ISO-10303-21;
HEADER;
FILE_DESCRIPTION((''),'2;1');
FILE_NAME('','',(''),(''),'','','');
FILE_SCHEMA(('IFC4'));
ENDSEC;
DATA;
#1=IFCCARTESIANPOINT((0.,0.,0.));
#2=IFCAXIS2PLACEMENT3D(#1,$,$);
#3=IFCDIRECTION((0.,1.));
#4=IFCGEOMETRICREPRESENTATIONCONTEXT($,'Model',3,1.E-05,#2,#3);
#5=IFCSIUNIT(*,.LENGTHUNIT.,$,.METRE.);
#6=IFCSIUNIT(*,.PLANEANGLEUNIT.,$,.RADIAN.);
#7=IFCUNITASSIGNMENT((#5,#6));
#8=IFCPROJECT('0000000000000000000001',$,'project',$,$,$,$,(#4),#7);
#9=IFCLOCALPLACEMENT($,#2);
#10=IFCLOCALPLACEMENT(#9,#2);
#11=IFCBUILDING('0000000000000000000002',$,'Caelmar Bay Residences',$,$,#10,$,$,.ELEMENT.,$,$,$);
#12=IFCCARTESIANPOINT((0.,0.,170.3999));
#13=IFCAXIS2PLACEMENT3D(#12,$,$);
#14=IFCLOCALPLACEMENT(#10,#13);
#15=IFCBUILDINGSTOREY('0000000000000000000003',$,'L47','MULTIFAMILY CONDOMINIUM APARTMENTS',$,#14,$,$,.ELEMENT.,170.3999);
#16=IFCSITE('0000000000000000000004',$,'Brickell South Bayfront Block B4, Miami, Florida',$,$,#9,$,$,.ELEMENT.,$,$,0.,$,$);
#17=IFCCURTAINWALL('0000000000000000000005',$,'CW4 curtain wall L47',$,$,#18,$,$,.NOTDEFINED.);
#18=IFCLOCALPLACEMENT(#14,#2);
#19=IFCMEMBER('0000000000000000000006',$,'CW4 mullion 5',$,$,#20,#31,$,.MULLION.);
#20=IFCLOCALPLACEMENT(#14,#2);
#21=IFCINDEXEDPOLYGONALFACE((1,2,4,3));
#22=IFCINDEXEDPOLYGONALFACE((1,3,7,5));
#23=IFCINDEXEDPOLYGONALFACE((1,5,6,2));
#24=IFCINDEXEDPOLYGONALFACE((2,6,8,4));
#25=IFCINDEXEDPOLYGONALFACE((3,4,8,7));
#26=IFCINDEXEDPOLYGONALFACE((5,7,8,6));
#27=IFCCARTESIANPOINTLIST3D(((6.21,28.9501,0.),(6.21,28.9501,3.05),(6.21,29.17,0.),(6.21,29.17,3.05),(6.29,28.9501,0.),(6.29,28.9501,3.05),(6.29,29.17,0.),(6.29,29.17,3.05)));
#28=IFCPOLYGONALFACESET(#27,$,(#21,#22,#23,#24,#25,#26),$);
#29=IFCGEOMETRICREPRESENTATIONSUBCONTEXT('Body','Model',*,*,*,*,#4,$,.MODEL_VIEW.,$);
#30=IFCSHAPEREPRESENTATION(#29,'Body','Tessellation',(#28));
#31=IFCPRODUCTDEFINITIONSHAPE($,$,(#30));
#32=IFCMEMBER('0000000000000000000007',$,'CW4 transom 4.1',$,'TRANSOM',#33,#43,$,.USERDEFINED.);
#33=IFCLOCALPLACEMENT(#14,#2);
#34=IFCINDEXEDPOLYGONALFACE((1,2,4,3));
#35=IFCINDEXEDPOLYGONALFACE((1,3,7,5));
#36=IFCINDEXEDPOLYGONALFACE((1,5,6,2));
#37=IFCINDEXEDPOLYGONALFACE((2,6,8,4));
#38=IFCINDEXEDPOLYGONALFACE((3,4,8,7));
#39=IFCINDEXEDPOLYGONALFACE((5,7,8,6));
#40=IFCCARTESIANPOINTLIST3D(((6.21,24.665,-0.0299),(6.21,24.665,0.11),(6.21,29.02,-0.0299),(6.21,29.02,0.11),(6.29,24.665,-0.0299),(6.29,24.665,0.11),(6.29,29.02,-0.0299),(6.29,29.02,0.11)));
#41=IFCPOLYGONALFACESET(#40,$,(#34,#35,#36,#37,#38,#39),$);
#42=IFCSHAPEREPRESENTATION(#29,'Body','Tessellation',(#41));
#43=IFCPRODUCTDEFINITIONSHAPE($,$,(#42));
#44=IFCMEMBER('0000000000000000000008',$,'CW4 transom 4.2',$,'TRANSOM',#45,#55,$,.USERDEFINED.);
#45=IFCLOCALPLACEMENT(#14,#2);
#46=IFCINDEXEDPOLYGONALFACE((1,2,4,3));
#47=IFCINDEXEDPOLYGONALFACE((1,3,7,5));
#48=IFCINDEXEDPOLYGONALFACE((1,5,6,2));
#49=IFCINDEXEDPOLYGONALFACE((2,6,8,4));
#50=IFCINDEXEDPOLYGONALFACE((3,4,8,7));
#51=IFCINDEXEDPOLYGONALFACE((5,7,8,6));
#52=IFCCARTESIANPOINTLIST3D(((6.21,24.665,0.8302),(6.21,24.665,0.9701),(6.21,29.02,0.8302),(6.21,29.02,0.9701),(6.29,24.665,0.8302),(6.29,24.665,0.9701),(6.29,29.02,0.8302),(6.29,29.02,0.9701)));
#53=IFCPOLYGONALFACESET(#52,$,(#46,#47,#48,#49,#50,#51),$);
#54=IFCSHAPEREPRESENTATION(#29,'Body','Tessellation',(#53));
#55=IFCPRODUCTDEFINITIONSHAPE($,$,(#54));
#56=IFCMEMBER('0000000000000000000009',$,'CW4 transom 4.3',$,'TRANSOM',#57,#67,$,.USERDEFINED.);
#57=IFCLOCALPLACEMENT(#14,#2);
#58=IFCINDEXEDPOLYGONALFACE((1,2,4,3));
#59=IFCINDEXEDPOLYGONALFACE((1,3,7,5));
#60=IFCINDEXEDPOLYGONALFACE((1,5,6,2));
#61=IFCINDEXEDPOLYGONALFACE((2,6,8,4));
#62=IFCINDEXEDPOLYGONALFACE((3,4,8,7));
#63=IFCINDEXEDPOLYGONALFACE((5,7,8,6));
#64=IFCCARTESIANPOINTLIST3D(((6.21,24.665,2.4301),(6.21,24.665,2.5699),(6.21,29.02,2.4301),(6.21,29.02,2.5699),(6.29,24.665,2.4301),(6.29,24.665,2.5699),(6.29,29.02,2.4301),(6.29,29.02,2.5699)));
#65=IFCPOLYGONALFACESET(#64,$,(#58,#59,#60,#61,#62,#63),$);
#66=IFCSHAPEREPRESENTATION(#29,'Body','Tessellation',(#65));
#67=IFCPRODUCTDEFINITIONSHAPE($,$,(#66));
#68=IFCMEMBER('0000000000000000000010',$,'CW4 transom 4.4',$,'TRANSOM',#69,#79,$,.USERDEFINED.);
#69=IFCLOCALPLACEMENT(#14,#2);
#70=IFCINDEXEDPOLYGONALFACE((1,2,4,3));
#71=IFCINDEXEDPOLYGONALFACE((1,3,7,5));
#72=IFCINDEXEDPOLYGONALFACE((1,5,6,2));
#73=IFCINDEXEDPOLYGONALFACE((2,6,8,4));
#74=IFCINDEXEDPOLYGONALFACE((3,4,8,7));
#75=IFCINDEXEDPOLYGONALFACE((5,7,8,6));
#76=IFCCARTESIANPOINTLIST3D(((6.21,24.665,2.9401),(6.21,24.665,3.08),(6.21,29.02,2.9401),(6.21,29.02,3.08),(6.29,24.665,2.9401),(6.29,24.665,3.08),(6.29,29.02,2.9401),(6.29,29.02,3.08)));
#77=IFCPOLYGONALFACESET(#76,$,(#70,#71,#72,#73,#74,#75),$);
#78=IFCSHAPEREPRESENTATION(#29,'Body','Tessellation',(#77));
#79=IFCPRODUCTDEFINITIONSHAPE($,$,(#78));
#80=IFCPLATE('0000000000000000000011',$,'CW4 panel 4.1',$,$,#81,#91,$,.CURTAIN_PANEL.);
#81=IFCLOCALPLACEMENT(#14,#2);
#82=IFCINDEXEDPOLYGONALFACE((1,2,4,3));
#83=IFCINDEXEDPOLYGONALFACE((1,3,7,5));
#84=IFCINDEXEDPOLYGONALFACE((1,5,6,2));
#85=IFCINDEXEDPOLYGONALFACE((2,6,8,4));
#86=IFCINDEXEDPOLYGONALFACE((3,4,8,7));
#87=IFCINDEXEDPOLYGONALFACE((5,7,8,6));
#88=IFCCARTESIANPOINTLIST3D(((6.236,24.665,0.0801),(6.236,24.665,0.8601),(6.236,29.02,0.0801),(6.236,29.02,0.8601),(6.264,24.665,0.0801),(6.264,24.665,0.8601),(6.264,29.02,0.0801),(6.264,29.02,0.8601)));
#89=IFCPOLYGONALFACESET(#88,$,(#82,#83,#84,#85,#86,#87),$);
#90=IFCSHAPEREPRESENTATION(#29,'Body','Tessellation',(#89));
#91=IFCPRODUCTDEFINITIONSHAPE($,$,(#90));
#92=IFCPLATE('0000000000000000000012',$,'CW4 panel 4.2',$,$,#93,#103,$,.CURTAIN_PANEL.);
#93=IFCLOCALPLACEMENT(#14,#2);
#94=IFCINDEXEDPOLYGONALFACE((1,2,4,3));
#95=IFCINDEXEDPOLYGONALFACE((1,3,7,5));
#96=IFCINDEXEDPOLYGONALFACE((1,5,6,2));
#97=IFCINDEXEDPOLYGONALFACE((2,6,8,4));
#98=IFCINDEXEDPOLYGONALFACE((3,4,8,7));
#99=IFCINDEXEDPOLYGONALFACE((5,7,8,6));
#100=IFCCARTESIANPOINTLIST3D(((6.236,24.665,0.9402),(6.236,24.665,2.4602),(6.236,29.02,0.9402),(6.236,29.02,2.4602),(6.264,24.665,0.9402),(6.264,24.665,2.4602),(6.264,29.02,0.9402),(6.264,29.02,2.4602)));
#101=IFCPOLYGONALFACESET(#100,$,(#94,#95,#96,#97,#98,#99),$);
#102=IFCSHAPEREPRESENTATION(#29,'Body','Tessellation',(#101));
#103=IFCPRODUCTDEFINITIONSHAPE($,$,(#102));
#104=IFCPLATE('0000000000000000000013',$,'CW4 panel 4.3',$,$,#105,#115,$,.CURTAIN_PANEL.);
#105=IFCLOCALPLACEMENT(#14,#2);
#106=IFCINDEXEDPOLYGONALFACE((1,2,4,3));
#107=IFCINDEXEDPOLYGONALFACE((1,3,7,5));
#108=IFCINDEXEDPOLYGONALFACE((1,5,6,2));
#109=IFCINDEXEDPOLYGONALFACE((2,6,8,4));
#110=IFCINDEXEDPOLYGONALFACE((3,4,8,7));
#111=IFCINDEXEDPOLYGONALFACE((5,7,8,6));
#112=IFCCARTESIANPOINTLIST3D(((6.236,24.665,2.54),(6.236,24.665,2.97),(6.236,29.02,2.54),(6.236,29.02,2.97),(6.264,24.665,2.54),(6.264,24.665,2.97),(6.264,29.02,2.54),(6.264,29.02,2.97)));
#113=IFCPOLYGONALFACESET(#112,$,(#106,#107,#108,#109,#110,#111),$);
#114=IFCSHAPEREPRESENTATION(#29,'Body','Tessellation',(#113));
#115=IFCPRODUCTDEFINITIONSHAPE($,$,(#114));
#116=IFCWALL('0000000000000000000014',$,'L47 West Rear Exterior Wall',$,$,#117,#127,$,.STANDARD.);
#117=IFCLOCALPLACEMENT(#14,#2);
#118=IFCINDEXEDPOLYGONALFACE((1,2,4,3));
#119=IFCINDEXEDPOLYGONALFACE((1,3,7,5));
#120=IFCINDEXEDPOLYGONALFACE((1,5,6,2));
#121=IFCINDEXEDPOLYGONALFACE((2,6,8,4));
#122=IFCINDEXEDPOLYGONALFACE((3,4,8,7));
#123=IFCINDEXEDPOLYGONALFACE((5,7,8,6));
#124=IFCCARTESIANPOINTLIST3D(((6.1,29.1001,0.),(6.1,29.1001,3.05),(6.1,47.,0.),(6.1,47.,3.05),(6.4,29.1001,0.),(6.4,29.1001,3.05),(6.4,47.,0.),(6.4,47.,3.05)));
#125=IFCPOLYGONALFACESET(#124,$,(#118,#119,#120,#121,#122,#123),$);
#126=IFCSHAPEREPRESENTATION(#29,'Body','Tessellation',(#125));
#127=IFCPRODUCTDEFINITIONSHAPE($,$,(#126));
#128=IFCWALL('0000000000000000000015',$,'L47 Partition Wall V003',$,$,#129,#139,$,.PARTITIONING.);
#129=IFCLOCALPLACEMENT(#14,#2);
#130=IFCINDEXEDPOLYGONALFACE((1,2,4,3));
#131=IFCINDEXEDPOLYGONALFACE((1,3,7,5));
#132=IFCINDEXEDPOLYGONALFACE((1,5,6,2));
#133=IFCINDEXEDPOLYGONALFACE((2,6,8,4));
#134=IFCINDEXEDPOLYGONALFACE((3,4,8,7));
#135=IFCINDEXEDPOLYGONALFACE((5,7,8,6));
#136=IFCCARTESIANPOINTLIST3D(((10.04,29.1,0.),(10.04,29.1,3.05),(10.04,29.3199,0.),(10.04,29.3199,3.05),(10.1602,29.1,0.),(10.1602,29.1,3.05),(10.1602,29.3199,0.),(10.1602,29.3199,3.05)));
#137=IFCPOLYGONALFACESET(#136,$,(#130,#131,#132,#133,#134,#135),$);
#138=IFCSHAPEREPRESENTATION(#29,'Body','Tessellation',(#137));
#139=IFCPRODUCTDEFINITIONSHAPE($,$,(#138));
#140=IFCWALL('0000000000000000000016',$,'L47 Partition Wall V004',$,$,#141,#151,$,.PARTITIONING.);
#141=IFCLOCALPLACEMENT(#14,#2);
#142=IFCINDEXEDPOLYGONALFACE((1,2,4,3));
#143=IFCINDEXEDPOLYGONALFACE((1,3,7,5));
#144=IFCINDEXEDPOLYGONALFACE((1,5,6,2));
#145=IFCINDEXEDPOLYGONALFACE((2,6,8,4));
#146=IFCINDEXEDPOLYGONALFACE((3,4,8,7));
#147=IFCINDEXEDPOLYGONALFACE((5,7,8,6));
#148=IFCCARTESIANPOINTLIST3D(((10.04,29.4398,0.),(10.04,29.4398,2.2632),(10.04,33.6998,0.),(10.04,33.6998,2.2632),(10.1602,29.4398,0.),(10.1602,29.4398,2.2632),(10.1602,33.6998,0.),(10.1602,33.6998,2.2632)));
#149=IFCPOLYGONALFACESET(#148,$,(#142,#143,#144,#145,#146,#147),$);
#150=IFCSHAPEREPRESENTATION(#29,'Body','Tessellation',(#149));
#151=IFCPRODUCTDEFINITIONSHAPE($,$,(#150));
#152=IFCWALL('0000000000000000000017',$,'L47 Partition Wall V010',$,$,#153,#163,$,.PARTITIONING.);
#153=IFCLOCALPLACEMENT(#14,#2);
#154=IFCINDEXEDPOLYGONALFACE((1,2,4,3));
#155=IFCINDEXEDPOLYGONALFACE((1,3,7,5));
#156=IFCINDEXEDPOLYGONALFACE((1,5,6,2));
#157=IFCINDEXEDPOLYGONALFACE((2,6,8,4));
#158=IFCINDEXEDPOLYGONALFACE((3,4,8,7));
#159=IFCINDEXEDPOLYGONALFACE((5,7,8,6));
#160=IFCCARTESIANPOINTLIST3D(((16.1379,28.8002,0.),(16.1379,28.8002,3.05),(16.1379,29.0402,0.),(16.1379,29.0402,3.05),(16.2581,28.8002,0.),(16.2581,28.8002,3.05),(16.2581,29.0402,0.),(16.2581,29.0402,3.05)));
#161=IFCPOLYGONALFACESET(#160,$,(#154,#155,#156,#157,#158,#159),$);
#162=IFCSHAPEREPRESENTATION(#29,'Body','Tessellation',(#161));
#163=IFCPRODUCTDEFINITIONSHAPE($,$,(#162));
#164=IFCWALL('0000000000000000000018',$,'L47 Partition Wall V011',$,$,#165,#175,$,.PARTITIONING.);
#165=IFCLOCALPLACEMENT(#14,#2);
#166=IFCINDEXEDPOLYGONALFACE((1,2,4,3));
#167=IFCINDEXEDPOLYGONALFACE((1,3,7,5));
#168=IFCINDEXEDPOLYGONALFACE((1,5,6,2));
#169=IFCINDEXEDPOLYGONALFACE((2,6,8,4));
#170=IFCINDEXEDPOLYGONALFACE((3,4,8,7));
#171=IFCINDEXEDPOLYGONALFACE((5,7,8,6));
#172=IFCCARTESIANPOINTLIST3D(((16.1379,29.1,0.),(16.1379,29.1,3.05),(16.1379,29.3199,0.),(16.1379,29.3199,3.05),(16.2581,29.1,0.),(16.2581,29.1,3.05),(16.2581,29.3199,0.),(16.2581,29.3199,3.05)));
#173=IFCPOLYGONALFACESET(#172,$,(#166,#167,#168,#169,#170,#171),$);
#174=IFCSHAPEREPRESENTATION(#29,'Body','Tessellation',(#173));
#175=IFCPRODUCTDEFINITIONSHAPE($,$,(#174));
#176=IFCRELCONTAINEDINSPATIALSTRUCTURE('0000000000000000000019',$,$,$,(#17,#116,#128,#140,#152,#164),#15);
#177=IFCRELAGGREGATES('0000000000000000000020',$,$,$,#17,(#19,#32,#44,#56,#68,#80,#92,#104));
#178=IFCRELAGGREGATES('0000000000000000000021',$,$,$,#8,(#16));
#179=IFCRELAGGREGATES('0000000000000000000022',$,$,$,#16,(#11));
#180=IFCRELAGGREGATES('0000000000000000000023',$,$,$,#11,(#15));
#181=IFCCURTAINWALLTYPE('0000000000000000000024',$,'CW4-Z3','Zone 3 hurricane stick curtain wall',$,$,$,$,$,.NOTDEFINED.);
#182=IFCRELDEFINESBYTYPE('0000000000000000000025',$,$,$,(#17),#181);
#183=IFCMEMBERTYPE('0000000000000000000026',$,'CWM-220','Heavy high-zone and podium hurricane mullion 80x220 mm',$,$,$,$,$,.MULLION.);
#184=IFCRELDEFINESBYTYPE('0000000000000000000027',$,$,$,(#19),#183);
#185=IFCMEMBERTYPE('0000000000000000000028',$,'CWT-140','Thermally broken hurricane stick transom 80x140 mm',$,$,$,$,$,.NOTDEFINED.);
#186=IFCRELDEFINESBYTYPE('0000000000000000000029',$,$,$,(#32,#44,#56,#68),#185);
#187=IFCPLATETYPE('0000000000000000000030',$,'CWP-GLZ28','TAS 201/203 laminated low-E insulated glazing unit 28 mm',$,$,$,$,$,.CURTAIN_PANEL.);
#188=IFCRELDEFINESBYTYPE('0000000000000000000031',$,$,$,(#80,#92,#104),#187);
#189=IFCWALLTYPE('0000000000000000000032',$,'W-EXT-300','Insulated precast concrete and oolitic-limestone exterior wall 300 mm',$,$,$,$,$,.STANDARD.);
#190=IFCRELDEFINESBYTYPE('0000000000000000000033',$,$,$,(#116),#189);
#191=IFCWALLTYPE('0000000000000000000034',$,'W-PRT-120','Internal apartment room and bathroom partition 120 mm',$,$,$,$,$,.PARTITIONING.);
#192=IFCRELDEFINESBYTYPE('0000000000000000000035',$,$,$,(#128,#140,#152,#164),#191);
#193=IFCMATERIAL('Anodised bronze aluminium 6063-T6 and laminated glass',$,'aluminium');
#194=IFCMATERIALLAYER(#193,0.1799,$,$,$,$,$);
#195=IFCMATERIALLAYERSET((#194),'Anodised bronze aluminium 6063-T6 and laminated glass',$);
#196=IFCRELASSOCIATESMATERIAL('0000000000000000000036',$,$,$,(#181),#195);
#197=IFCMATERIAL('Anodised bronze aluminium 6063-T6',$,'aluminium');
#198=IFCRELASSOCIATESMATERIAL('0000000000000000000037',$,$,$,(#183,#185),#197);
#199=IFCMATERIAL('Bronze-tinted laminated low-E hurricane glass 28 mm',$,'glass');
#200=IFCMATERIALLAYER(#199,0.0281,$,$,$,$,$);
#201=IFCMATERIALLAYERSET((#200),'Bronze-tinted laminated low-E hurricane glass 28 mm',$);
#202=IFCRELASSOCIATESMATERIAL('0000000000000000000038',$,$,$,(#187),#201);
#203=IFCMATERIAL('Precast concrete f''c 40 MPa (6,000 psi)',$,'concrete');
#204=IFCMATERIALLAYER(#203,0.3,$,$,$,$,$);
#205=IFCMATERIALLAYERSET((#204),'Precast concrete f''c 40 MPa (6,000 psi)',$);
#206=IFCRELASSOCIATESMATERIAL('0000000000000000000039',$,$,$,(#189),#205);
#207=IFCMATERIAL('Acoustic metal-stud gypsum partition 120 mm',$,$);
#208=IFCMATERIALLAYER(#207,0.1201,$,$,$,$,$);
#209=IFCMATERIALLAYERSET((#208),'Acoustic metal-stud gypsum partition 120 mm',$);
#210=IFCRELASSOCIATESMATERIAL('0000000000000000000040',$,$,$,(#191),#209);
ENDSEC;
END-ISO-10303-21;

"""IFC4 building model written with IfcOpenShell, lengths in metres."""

from ifc_helpers import new_model, si_unit, direction, frame, frame_2d, origin, origin_2d, place, context, subcontext, project, spatial, rectangle, extrude, material, layer, layer_set, material_profile, profile_set, type_object, element, aggregate, save


model = new_model("IFC4")

# Units and contexts
model_context = context("Model", 3, precision=1e-05, world=origin(), true_north=direction((0.0, 1.0)))
body_context = subcontext(model_context, "Body", "Model", "MODEL_VIEW")
ifc_project = project(units=[si_unit("LENGTHUNIT", "METRE"), si_unit("PLANEANGLEUNIT", "RADIAN")], contexts=[model_context])

# Site, building, storey
site_placement = place(None, origin())
site = spatial("IfcSite", under=ifc_project, at=site_placement, Name="Brickell South Bayfront Block B4, Miami, Florida", CompositionType="ELEMENT", RefElevation=0.0)
building_placement = place(site_placement, origin())
building = spatial("IfcBuilding", under=site, at=building_placement, Name="Caelmar Bay Residences", CompositionType="ELEMENT")
storey_placement = place(building_placement, frame((0.0, 0.0, 170.3999)))
storey = spatial("IfcBuildingStorey", under=building, at=storey_placement, Name="L47", Description="MULTIFAMILY CONDOMINIUM APARTMENTS", CompositionType="ELEMENT", Elevation=170.3999)

# Curtain wall, members, plates
ifc_material_1 = material(Name="Anodised bronze aluminium 6063-T6 and laminated glass", Category="aluminium")
ifc_layer_1 = layer(ifc_material_1, 0.1799)
ifc_layer_set_1 = layer_set([ifc_layer_1], Name="Anodised bronze aluminium 6063-T6 and laminated glass")
curtain_wall_type = type_object("IfcCurtainWallType", Name="CW4-Z3", Description="Zone 3 hurricane stick curtain wall", PredefinedType="NOTDEFINED", material=ifc_layer_set_1)
curtain_wall_placement = place(storey_placement, origin())
curtain_wall = element("IfcCurtainWall", 1, at=curtain_wall_placement, inside=storey, type_object=curtain_wall_type, Name="CW4 curtain wall L47", PredefinedType="NOTDEFINED")
ifc_material_2 = material(Name="Anodised bronze aluminium 6063-T6", Category="aluminium")
ifc_material_profile_1 = material_profile(ifc_material_2, rectangle(XDim=0.0801, YDim=0.22, at=origin_2d()), Name="CWM-80X220")
ifc_profile_set_1 = profile_set([ifc_material_profile_1], Name="Anodised bronze aluminium 6063-T6")
member_type_1 = type_object("IfcMemberType", Name="CWM-220", Description="Heavy high-zone and podium hurricane mullion 80x220 mm", PredefinedType="MULLION", material=ifc_profile_set_1)
member_1_placement = place(storey_placement, frame((6.25, 29.0601, 0.0), z_axis=(0.0, 0.0, 1.0), x_axis=(-1.0, 0.0, 0.0)))
member_1 = element("IfcMember", 2, at=member_1_placement, type_object=member_type_1, Name="CW4 mullion 5", PredefinedType="MULLION", context=body_context, shape_type="SweptSolid", body=[
    extrude(rectangle(XDim=0.0801, YDim=0.22, at=origin_2d()), origin(), (0.0, 0.0, 1.0), 3.05),
])
ifc_material_profile_2 = material_profile(ifc_material_2, rectangle(XDim=0.0801, YDim=0.1399, at=origin_2d()), Name="CWT-80X140")
ifc_profile_set_2 = profile_set([ifc_material_profile_2], Name="Anodised bronze aluminium 6063-T6")
member_type_2 = type_object("IfcMemberType", Name="CWT-140", Description="Thermally broken hurricane stick transom 80x140 mm", PredefinedType="NOTDEFINED", material=ifc_profile_set_2)
member_2_placement = place(storey_placement, frame((6.25, 24.665, 0.04), z_axis=(0.0, 1.0, 0.0), x_axis=(-1.0, 0.0, 0.0)))
member_2 = element("IfcMember", 3, at=member_2_placement, type_object=member_type_2, Name="CW4 transom 4.1", ObjectType="TRANSOM", PredefinedType="USERDEFINED", context=body_context, shape_type="SweptSolid", body=[
    extrude(rectangle(XDim=0.0801, YDim=0.1399, at=origin_2d()), origin(), (0.0, 0.0, 1.0), 4.355),
])
member_3_placement = place(storey_placement, frame((6.25, 24.665, 0.9001), z_axis=(0.0, 1.0, 0.0), x_axis=(-1.0, 0.0, 0.0)))
member_3 = element("IfcMember", 4, at=member_3_placement, type_object=member_type_2, Name="CW4 transom 4.2", ObjectType="TRANSOM", PredefinedType="USERDEFINED", context=body_context, shape_type="SweptSolid", body=[
    extrude(rectangle(XDim=0.0801, YDim=0.1399, at=origin_2d()), origin(), (0.0, 0.0, 1.0), 4.355),
])
member_4_placement = place(storey_placement, frame((6.25, 24.665, 2.5), z_axis=(0.0, 1.0, 0.0), x_axis=(-1.0, 0.0, 0.0)))
member_4 = element("IfcMember", 5, at=member_4_placement, type_object=member_type_2, Name="CW4 transom 4.3", ObjectType="TRANSOM", PredefinedType="USERDEFINED", context=body_context, shape_type="SweptSolid", body=[
    extrude(rectangle(XDim=0.0801, YDim=0.1399, at=origin_2d()), origin(), (0.0, 0.0, 1.0), 4.355),
])
member_5_placement = place(storey_placement, frame((6.25, 24.665, 3.01), z_axis=(0.0, 1.0, 0.0), x_axis=(-1.0, 0.0, 0.0)))
member_5 = element("IfcMember", 6, at=member_5_placement, type_object=member_type_2, Name="CW4 transom 4.4", ObjectType="TRANSOM", PredefinedType="USERDEFINED", context=body_context, shape_type="SweptSolid", body=[
    extrude(rectangle(XDim=0.0801, YDim=0.1399, at=origin_2d()), origin(), (0.0, 0.0, 1.0), 4.355),
])
ifc_material_3 = material(Name="Bronze-tinted laminated low-E hurricane glass 28 mm", Category="glass")
ifc_layer_2 = layer(ifc_material_3, 0.0281)
ifc_layer_set_2 = layer_set([ifc_layer_2], Name="Bronze-tinted laminated low-E hurricane glass 28 mm")
plate_type = type_object("IfcPlateType", Name="CWP-GLZ28", Description="TAS 201/203 laminated low-E insulated glazing unit 28 mm", PredefinedType="CURTAIN_PANEL", material=ifc_layer_set_2)
plate_1_placement = place(storey_placement, frame((6.25, 26.8425, 0.0801), z_axis=(0.0, 0.0, 1.0), x_axis=(0.0, 1.0, 0.0)))
plate_1 = element("IfcPlate", 7, at=plate_1_placement, type_object=plate_type, Name="CW4 panel 4.1", PredefinedType="CURTAIN_PANEL", context=body_context, shape_type="SweptSolid", body=[
    extrude(rectangle(XDim=4.355, YDim=0.0281, at=origin_2d()), origin(), (0.0, 0.0, 1.0), 0.78),
])
plate_2_placement = place(storey_placement, frame((6.25, 26.8425, 0.9402), z_axis=(0.0, 0.0, 1.0), x_axis=(0.0, 1.0, 0.0)))
plate_2 = element("IfcPlate", 8, at=plate_2_placement, type_object=plate_type, Name="CW4 panel 4.2", PredefinedType="CURTAIN_PANEL", context=body_context, shape_type="SweptSolid", body=[
    extrude(rectangle(XDim=4.355, YDim=0.0281, at=origin_2d()), origin(), (0.0, 0.0, 1.0), 1.52),
])
plate_3_placement = place(storey_placement, frame((6.25, 26.8425, 2.54), z_axis=(0.0, 0.0, 1.0), x_axis=(0.0, 1.0, 0.0)))
plate_3 = element("IfcPlate", 9, at=plate_3_placement, type_object=plate_type, Name="CW4 panel 4.3", PredefinedType="CURTAIN_PANEL", context=body_context, shape_type="SweptSolid", body=[
    extrude(rectangle(XDim=4.355, YDim=0.0281, at=origin_2d()), origin(), (0.0, 0.0, 1.0), 0.4299),
])
aggregate(curtain_wall, [member_1, member_2, member_3, member_4, member_5, plate_1, plate_2, plate_3])

# Walls
ifc_material_4 = material(Name="Precast concrete f'c 40 MPa (6,000 psi)", Category="concrete")
ifc_layer_3 = layer(ifc_material_4, 0.3)
ifc_layer_set_3 = layer_set([ifc_layer_3], Name="Precast concrete f'c 40 MPa (6,000 psi)")
wall_type_1 = type_object("IfcWallType", Name="W-EXT-300", Description="Insulated precast concrete and oolitic-limestone exterior wall 300 mm", PredefinedType="STANDARD", material=ifc_layer_set_3)
wall_1_placement = place(storey_placement, frame((6.25, 29.1001, 0.0), z_axis=(0.0, 0.0, 1.0), x_axis=(0.0, 1.0, 0.0)))
element("IfcWall", 10, at=wall_1_placement, inside=storey, type_object=wall_type_1, Name="L47 West Rear Exterior Wall", PredefinedType="STANDARD", context=body_context, shape_type="SweptSolid", body=[
    extrude(rectangle(XDim=17.8999, YDim=0.3, at=frame_2d((8.95, 0.0))), origin(), (0.0, 0.0, 1.0), 3.05),
])
ifc_material_5 = material(Name="Acoustic metal-stud gypsum partition 120 mm")
ifc_layer_4 = layer(ifc_material_5, 0.1201)
ifc_layer_set_4 = layer_set([ifc_layer_4], Name="Acoustic metal-stud gypsum partition 120 mm")
wall_type_2 = type_object("IfcWallType", Name="W-PRT-120", Description="Internal apartment room and bathroom partition 120 mm", PredefinedType="PARTITIONING", material=ifc_layer_set_4)
wall_2_placement = place(storey_placement, frame((10.1001, 29.1001, 0.0), z_axis=(0.0, 0.0, 1.0), x_axis=(0.0, 1.0, 0.0)))
element("IfcWall", 11, at=wall_2_placement, inside=storey, type_object=wall_type_2, Name="L47 Partition Wall V003", PredefinedType="PARTITIONING", context=body_context, shape_type="SweptSolid", body=[
    extrude(rectangle(XDim=0.22, YDim=0.1201, at=frame_2d((0.1099, 0.0))), origin(), (0.0, 0.0, 1.0), 3.05),
])
wall_3_placement = place(storey_placement, frame((10.1001, 29.4399, 0.0), z_axis=(0.0, 0.0, 1.0), x_axis=(0.0, 1.0, 0.0)))
element("IfcWall", 12, at=wall_3_placement, inside=storey, type_object=wall_type_2, Name="L47 Partition Wall V004", PredefinedType="PARTITIONING", context=body_context, shape_type="SweptSolid", body=[
    extrude(rectangle(XDim=4.26, YDim=0.1201, at=frame_2d((2.1299, 0.0))), origin(), (0.0, 0.0, 1.0), 2.2632),
])
wall_4_placement = place(storey_placement, frame((16.198, 28.8, 0.0), z_axis=(0.0, 0.0, 1.0), x_axis=(0.0, 1.0, 0.0)))
element("IfcWall", 13, at=wall_4_placement, inside=storey, type_object=wall_type_2, Name="L47 Partition Wall V010", PredefinedType="PARTITIONING", context=body_context, shape_type="SweptSolid", body=[
    extrude(rectangle(XDim=0.24, YDim=0.1201, at=frame_2d((0.1201, 0.0))), origin(), (0.0, 0.0, 1.0), 3.05),
])
wall_5_placement = place(storey_placement, frame((16.198, 29.1001, 0.0), z_axis=(0.0, 0.0, 1.0), x_axis=(0.0, 1.0, 0.0)))
element("IfcWall", 14, at=wall_5_placement, inside=storey, type_object=wall_type_2, Name="L47 Partition Wall V011", PredefinedType="PARTITIONING", context=body_context, shape_type="SweptSolid", body=[
    extrude(rectangle(XDim=0.22, YDim=0.1201, at=frame_2d((0.1099, 0.0))), origin(), (0.0, 0.0, 1.0), 3.05),
])

save(model, "model.ifc")
